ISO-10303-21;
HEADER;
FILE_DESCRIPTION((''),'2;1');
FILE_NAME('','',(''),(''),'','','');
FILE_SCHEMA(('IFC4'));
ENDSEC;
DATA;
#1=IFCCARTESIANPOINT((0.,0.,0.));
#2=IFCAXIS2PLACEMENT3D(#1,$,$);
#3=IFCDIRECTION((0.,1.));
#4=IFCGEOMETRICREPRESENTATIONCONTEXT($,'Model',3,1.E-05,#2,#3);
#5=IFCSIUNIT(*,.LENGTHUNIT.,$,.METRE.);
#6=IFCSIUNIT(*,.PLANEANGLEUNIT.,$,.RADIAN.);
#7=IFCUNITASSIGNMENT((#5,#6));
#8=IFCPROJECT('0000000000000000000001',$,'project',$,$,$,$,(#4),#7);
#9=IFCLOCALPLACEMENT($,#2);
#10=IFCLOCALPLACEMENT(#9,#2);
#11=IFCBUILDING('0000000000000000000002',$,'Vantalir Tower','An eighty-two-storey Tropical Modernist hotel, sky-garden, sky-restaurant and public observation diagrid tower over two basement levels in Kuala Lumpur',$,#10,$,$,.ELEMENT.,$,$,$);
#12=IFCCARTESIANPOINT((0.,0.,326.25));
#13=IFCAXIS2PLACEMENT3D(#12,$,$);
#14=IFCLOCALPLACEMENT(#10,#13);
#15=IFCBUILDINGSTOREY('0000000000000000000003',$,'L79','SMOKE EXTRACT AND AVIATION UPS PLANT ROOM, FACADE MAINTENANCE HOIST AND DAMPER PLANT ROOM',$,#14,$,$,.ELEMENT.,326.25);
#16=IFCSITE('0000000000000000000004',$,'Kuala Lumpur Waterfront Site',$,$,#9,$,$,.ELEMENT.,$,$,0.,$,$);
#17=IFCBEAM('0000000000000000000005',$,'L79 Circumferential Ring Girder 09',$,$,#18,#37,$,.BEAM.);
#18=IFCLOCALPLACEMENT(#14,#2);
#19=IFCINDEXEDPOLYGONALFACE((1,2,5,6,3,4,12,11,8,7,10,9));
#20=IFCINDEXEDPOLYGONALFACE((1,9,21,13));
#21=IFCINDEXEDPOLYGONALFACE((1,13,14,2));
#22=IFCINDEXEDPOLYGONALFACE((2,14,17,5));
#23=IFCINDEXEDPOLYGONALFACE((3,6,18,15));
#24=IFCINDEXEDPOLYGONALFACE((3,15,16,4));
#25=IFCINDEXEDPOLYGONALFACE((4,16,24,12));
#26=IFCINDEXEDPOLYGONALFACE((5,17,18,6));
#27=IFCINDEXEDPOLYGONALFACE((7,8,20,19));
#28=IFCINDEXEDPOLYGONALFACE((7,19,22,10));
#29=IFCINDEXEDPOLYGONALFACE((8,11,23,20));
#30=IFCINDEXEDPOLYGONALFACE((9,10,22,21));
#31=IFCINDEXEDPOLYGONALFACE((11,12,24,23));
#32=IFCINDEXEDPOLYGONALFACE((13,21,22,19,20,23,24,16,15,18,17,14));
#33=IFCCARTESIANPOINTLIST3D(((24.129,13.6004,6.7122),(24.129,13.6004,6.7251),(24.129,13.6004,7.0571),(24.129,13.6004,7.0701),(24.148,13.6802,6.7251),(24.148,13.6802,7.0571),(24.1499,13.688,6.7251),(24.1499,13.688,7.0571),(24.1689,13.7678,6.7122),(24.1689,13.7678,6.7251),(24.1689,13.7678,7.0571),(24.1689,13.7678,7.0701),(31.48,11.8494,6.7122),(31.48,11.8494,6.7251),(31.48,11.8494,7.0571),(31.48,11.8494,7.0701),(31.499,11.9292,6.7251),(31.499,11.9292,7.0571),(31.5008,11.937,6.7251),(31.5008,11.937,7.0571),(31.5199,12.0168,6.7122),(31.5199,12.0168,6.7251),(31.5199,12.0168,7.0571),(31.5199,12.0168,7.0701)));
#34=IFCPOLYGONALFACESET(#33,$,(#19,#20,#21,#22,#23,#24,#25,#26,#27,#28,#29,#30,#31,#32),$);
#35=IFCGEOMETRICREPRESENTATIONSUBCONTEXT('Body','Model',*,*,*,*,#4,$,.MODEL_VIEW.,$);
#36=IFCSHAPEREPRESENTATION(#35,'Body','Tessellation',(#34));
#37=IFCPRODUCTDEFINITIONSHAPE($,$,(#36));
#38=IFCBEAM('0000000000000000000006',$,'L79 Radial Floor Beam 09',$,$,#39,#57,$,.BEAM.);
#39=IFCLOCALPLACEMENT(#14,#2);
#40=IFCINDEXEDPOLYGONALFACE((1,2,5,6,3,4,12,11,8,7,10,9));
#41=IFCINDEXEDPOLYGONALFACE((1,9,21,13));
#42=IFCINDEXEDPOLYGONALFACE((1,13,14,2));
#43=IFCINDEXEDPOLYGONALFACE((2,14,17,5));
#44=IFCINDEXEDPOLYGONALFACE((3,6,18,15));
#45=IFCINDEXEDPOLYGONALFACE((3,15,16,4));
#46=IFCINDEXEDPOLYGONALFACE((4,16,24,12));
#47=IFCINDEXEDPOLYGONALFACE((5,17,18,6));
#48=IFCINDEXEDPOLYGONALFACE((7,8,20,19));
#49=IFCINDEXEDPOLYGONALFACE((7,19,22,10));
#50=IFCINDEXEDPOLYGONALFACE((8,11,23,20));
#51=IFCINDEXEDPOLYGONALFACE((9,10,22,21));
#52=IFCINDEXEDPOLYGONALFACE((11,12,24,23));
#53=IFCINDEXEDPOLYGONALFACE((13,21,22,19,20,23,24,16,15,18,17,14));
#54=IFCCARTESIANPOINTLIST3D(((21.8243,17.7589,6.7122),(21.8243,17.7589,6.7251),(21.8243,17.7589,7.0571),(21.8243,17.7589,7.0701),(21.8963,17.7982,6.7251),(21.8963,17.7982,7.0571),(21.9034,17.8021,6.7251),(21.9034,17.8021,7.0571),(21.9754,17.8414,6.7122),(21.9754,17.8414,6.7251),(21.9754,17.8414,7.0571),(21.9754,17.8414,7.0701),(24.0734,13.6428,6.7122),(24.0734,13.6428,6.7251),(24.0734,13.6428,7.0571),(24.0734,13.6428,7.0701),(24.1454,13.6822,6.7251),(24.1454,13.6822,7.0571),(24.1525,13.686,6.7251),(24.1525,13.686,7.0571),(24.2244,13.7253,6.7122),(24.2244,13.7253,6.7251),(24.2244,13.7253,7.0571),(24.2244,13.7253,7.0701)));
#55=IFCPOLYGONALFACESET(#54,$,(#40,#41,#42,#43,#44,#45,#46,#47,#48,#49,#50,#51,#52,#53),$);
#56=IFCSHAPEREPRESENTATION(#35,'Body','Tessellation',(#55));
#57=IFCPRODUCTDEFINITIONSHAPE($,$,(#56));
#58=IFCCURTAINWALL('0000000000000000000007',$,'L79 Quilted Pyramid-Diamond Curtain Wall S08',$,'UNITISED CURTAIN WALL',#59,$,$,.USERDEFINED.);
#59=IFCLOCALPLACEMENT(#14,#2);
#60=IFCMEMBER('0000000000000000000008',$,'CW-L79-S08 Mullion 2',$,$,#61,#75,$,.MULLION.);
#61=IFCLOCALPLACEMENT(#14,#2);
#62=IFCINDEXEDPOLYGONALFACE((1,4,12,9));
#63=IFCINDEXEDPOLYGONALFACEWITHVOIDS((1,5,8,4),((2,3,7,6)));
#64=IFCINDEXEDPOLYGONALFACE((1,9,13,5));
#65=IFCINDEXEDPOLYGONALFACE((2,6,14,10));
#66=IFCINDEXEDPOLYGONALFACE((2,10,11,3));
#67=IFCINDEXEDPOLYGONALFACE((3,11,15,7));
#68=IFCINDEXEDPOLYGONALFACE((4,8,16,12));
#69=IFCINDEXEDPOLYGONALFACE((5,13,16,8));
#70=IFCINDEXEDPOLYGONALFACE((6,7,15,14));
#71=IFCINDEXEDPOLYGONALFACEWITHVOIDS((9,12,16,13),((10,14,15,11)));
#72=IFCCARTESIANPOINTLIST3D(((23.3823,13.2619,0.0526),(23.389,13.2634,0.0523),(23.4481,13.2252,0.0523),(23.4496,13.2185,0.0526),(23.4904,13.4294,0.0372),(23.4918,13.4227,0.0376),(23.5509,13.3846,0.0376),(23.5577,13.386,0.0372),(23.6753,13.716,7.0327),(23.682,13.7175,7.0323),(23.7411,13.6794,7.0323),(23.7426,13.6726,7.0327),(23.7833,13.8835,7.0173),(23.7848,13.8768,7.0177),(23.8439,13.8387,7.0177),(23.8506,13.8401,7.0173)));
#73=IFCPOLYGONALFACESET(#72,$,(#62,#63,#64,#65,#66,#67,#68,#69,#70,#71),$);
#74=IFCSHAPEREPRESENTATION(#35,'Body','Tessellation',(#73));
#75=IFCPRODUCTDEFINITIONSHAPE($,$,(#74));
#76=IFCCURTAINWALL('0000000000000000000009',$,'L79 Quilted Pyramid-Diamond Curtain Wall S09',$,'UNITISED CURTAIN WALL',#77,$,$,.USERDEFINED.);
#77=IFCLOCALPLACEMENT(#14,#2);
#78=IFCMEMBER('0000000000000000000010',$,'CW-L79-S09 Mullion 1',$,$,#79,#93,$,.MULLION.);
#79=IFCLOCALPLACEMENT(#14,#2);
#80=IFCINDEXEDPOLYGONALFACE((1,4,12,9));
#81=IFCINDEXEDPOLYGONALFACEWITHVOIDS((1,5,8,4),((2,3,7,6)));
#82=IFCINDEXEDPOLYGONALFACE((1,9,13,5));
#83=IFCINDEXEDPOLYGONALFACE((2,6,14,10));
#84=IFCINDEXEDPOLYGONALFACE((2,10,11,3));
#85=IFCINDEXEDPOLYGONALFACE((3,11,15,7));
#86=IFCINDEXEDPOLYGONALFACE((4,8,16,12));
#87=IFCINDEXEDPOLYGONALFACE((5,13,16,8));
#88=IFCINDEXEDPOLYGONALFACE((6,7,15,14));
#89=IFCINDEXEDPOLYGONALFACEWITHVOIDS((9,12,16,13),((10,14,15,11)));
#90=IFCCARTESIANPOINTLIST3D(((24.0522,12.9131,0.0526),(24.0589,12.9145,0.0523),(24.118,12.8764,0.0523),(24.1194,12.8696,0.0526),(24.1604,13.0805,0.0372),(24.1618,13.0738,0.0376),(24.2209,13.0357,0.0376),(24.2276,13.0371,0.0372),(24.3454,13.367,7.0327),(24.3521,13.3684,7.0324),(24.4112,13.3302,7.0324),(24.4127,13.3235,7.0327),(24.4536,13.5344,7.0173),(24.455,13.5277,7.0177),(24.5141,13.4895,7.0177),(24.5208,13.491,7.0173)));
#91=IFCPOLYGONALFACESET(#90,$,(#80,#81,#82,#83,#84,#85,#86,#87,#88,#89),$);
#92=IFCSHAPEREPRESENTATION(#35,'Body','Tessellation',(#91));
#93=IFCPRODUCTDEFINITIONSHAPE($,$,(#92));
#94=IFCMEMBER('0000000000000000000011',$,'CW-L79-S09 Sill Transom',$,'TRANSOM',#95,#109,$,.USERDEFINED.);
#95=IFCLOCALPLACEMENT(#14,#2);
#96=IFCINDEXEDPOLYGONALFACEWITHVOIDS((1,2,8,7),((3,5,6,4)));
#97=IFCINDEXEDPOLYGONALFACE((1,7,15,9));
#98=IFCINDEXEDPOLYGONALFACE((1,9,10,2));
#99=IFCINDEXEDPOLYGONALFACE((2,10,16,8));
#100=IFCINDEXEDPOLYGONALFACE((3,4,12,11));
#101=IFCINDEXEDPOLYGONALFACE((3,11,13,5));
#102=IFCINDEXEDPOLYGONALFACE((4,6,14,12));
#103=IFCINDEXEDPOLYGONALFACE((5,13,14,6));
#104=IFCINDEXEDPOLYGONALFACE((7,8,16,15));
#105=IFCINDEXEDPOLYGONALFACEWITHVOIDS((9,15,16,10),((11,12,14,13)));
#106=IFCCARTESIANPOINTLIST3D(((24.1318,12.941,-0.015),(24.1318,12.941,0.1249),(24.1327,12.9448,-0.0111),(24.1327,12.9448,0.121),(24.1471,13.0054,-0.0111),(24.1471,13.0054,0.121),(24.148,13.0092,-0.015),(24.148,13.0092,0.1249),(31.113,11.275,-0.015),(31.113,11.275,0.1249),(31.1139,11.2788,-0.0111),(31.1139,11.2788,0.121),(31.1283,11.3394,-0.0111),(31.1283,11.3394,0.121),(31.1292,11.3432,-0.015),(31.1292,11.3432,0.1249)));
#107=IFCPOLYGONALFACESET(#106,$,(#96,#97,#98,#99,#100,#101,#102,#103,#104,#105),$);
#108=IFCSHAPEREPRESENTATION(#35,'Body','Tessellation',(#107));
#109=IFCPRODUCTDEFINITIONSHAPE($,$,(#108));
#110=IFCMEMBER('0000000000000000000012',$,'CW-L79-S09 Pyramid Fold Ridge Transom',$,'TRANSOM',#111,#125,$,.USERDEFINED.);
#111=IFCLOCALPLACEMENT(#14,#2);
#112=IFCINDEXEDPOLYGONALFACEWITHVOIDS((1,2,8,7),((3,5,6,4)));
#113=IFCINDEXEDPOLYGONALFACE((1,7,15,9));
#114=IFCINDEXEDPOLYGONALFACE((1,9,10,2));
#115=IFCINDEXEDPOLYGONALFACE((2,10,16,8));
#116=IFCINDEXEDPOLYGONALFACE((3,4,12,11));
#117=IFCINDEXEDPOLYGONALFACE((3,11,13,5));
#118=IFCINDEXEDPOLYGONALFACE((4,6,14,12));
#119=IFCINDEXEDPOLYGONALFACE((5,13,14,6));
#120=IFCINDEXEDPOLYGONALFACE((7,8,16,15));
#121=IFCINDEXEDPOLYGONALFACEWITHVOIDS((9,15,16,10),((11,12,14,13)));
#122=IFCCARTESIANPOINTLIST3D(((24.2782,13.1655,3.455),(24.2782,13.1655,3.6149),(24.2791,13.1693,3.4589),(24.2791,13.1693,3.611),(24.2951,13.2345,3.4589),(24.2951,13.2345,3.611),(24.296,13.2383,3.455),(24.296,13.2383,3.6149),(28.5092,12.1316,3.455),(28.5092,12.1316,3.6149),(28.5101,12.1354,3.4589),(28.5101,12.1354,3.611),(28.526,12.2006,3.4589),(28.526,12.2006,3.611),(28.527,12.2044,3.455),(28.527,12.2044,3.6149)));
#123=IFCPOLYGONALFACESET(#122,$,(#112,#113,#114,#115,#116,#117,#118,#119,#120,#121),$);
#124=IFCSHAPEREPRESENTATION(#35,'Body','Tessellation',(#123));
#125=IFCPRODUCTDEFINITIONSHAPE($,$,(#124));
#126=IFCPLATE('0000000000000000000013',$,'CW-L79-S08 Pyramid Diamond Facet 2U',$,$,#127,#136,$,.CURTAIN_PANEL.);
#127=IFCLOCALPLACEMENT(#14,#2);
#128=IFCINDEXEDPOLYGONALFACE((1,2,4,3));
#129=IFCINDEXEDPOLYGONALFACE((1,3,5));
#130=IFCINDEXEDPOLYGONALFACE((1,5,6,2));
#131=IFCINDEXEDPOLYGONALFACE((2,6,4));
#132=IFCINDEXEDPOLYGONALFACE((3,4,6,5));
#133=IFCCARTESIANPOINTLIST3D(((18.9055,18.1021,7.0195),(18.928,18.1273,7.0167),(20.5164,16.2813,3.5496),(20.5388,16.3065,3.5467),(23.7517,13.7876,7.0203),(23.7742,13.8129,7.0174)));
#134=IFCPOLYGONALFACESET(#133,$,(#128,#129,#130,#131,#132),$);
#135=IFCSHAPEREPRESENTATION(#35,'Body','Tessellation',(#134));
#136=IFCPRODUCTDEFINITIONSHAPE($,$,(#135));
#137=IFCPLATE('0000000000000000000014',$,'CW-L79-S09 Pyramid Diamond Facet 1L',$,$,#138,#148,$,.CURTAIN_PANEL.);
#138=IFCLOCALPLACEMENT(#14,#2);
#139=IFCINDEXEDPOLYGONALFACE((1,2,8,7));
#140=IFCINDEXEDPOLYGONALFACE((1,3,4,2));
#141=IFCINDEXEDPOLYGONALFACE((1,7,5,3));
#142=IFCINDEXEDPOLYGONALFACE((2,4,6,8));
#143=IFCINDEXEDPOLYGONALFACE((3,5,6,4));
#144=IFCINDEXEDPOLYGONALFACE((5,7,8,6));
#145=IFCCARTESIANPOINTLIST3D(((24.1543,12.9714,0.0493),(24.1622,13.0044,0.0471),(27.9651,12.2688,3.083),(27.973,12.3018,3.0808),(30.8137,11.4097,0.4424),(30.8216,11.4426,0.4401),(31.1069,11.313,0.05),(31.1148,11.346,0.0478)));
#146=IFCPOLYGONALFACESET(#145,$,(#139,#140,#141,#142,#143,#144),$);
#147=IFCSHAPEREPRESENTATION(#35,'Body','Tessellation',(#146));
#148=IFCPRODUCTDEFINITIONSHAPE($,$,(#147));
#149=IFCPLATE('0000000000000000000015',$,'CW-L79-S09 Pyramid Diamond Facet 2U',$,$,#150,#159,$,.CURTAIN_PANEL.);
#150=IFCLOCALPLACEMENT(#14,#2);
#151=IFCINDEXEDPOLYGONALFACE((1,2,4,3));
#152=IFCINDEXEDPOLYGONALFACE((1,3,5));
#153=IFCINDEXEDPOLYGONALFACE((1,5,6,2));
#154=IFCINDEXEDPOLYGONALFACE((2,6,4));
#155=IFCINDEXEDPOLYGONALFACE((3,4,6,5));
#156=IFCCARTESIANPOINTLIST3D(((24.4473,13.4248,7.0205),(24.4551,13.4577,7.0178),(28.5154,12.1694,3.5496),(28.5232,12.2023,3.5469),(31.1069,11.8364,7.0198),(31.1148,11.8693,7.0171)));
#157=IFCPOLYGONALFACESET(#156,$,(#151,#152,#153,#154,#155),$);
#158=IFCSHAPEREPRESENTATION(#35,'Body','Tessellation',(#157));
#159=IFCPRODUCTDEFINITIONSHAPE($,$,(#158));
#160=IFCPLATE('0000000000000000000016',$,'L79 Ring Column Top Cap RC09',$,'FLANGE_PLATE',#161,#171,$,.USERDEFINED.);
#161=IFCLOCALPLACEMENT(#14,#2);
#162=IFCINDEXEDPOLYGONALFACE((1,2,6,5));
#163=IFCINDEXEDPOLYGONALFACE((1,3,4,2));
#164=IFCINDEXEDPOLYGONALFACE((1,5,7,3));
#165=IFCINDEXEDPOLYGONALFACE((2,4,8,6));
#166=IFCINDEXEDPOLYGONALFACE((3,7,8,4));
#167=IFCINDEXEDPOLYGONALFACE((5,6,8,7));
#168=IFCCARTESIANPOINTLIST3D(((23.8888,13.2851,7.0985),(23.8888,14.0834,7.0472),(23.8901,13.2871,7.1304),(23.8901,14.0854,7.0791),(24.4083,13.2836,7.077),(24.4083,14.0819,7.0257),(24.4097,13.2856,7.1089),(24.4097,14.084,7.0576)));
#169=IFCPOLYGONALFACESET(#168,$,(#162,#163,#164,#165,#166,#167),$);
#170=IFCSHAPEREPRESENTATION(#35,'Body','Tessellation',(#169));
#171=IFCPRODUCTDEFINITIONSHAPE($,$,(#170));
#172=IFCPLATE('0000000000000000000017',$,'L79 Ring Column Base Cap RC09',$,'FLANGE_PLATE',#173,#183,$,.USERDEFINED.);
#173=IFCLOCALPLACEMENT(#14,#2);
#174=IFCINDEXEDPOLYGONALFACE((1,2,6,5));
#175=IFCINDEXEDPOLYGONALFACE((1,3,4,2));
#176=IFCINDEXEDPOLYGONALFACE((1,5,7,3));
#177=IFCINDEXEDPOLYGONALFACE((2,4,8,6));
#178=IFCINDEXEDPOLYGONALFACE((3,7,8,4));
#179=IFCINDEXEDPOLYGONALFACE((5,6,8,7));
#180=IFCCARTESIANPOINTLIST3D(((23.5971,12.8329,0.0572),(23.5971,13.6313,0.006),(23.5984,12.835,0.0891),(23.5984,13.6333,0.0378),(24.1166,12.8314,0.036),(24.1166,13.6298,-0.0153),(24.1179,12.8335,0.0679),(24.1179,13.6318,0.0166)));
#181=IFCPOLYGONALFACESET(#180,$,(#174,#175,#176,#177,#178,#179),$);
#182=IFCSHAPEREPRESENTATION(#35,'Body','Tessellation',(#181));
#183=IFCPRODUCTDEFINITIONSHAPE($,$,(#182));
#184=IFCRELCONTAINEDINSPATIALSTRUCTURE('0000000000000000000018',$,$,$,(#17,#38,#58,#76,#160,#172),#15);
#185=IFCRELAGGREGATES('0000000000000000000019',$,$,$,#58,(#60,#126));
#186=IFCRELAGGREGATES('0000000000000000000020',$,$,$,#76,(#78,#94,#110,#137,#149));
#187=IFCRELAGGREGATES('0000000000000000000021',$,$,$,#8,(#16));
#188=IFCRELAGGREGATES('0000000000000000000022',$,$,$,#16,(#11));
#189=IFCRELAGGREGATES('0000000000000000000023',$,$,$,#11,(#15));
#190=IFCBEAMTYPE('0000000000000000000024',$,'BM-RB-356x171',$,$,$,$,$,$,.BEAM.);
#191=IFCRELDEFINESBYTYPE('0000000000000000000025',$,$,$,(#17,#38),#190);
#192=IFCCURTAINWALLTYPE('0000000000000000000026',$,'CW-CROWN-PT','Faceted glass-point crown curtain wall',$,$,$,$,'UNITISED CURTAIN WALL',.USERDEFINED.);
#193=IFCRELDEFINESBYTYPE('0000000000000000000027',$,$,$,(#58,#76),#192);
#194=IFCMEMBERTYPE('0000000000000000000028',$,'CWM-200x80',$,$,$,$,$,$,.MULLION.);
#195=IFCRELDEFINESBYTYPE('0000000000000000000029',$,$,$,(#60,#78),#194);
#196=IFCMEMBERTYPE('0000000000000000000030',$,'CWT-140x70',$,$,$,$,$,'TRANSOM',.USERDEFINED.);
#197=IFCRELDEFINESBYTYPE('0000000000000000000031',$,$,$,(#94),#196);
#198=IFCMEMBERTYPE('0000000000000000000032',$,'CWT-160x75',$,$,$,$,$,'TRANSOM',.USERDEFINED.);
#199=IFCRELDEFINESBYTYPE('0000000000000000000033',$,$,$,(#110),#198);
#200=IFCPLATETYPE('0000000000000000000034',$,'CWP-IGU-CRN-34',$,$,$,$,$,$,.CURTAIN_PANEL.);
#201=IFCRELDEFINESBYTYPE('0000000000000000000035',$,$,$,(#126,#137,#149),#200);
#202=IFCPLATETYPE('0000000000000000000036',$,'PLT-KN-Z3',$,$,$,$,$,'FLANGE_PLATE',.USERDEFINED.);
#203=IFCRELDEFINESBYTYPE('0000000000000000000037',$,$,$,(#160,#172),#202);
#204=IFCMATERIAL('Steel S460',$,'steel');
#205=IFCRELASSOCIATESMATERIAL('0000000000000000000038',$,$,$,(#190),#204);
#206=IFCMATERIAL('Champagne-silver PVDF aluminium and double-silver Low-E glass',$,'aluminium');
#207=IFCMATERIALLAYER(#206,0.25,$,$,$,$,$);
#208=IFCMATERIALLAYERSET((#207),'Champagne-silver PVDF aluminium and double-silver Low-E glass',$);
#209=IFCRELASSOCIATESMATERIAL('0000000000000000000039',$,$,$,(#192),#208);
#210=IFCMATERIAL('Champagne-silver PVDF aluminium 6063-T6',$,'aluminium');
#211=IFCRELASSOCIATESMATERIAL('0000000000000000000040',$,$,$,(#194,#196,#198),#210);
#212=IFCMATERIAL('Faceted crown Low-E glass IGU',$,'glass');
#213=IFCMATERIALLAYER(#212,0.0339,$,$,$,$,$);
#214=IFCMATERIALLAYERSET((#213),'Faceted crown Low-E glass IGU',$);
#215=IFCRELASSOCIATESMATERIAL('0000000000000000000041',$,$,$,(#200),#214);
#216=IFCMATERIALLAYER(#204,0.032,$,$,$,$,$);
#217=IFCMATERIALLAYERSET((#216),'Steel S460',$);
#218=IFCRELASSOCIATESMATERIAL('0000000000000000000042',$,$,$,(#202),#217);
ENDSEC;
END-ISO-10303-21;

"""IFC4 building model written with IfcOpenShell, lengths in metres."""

from ifc_helpers import new_model, si_unit, direction, frame, origin, origin_2d, place, context, subcontext, project, spatial, polyline, hollow_rectangle, i_section, outline, extrude, material, layer, layer_set, material_profile, profile_set, type_object, element, aggregate, save


model = new_model("IFC4")

# Units and contexts
model_context = context("Model", 3, precision=1e-05, world=origin(), true_north=direction((0.0, 1.0)))
body_context = subcontext(model_context, "Body", "Model", "MODEL_VIEW")
ifc_project = project(units=[si_unit("LENGTHUNIT", "METRE"), si_unit("PLANEANGLEUNIT", "RADIAN")], contexts=[model_context])

# Site, building, storey
site_placement = place(None, origin())
site = spatial("IfcSite", under=ifc_project, at=site_placement, Name="Kuala Lumpur Waterfront Site", CompositionType="ELEMENT", RefElevation=0.0)
building_placement = place(site_placement, origin())
building = spatial("IfcBuilding", under=site, at=building_placement, Name="Vantalir Tower", Description="An eighty-two-storey Tropical Modernist hotel, sky-garden, sky-restaurant and public observation diagrid tower over two basement levels in Kuala Lumpur", CompositionType="ELEMENT")
storey_placement = place(building_placement, frame((0.0, 0.0, 326.25)))
storey = spatial("IfcBuildingStorey", under=building, at=storey_placement, Name="L79", Description="SMOKE EXTRACT AND AVIATION UPS PLANT ROOM, FACADE MAINTENANCE HOIST AND DAMPER PLANT ROOM", CompositionType="ELEMENT", Elevation=326.25)

# Shared definitions
ifc_material_1 = material(Name="Steel S460", Category="steel")

# Beams
ifc_material_profile_1 = material_profile(ifc_material_1, i_section(OverallWidth=0.1721, OverallDepth=0.3579, WebThickness=0.0081, FlangeThickness=0.0129, at=origin_2d()), Name="Steel S460")
ifc_profile_set_1 = profile_set([ifc_material_profile_1], Name="Steel S460")
beam_type_1 = type_object("IfcBeamType", Name="BM-RB-356x171", PredefinedType="BEAM", material=ifc_profile_set_1)
beam_1_placement = place(storey_placement, frame((24.1489, 13.6841, 6.8911), z_axis=(0.972785, -0.231711, 0.0), x_axis=(0.231711, 0.972785, 0.0)))
element("IfcBeam", 1, at=beam_1_placement, inside=storey, type_object=beam_type_1, Name="L79 Circumferential Ring Girder 09", PredefinedType="BEAM", context=body_context, shape_type="SweptSolid", body=[
    extrude(i_section(OverallWidth=0.1721, OverallDepth=0.3579, WebThickness=0.0081, FlangeThickness=0.0129, at=origin_2d()), origin(), (0.0, 0.0, 1.0), 7.5566),
])
beam_2_placement = place(storey_placement, frame((24.1489, 13.6841, 6.8911), z_axis=(-0.479501, 0.877541, 0.0), x_axis=(-0.877541, -0.479501, 0.0)))
element("IfcBeam", 2, at=beam_2_placement, inside=storey, type_object=beam_type_1, Name="L79 Radial Floor Beam 09", PredefinedType="BEAM", context=body_context, shape_type="SweptSolid", body=[
    extrude(i_section(OverallWidth=0.1721, OverallDepth=0.3579, WebThickness=0.0081, FlangeThickness=0.0129, at=origin_2d()), origin(), (0.0, 0.0, 1.0), 4.6904),
])

# Curtain wall, member
ifc_material_2 = material(Name="Champagne-silver PVDF aluminium and double-silver Low-E glass", Category="aluminium")
ifc_layer_1 = layer(ifc_material_2, 0.25)
ifc_layer_set_1 = layer_set([ifc_layer_1], Name="Champagne-silver PVDF aluminium and double-silver Low-E glass")
curtain_wall_type = type_object("IfcCurtainWallType", Name="CW-CROWN-PT", Description="Faceted glass-point crown curtain wall", ElementType="UNITISED CURTAIN WALL", PredefinedType="USERDEFINED", material=ifc_layer_set_1)
curtain_wall_1_placement = place(storey_placement, origin())
curtain_wall_1 = element("IfcCurtainWall", 3, at=curtain_wall_1_placement, inside=storey, type_object=curtain_wall_type, Name="L79 Quilted Pyramid-Diamond Curtain Wall S08", ObjectType="UNITISED CURTAIN WALL", PredefinedType="USERDEFINED")
ifc_material_3 = material(Name="Champagne-silver PVDF aluminium 6063-T6", Category="aluminium")
ifc_material_profile_2 = material_profile(ifc_material_3, hollow_rectangle(XDim=0.0801, YDim=0.2, WallThickness=0.0049, at=origin_2d()), Name="Champagne-silver PVDF aluminium 6063-T6")
ifc_profile_set_2 = profile_set([ifc_material_profile_2], Name="Champagne-silver PVDF aluminium 6063-T6")
member_type_1 = type_object("IfcMemberType", Name="CWM-200x80", PredefinedType="MULLION", material=ifc_profile_set_2)
member_1_placement = place(storey_placement, frame((23.47, 13.324, 0.0449), z_axis=(0.041847, 0.064864, 0.997016), x_axis=(-0.840297, 0.542127, 0.0)))
member_1 = element("IfcMember", 4, at=member_1_placement, type_object=member_type_1, Name="CW-L79-S08 Mullion 2", PredefinedType="MULLION", context=body_context, shape_type="SweptSolid", body=[
    extrude(hollow_rectangle(XDim=0.0801, YDim=0.2, WallThickness=0.0049, at=origin_2d()), origin(), (0.0, 0.0, 1.0), 7.001),
])

# Curtain wall, members
curtain_wall_2_placement = place(storey_placement, origin())
curtain_wall_2 = element("IfcCurtainWall", 5, at=curtain_wall_2_placement, inside=storey, type_object=curtain_wall_type, Name="L79 Quilted Pyramid-Diamond Curtain Wall S09", ObjectType="UNITISED CURTAIN WALL", PredefinedType="USERDEFINED")
member_2_placement = place(storey_placement, frame((24.1399, 12.9751, 0.0449), z_axis=(0.041882, 0.064829, 0.997017), x_axis=(-0.839958, 0.542652, 0.0)))
member_2 = element("IfcMember", 6, at=member_2_placement, type_object=member_type_1, Name="CW-L79-S09 Mullion 1", PredefinedType="MULLION", context=body_context, shape_type="SweptSolid", body=[
    extrude(hollow_rectangle(XDim=0.0801, YDim=0.2, WallThickness=0.0049, at=origin_2d()), origin(), (0.0, 0.0, 1.0), 7.001),
])
ifc_material_profile_3 = material_profile(ifc_material_3, hollow_rectangle(XDim=0.0701, YDim=0.1399, WallThickness=0.0039, at=origin_2d()), Name="Champagne-silver PVDF aluminium 6063-T6")
ifc_profile_set_3 = profile_set([ifc_material_profile_3], Name="Champagne-silver PVDF aluminium 6063-T6")
member_type_2 = type_object("IfcMemberType", Name="CWT-140x70", ElementType="TRANSOM", PredefinedType="USERDEFINED", material=ifc_profile_set_3)
member_3_placement = place(storey_placement, frame((24.1399, 12.9751, 0.0549), z_axis=(0.972686, -0.232125, 0.0), x_axis=(0.232125, 0.972686, 0.0)))
member_3 = element("IfcMember", 7, at=member_3_placement, type_object=member_type_2, Name="CW-L79-S09 Sill Transom", ObjectType="TRANSOM", PredefinedType="USERDEFINED", context=body_context, shape_type="SweptSolid", body=[
    extrude(hollow_rectangle(XDim=0.0701, YDim=0.1399, WallThickness=0.0039, at=origin_2d()), origin(), (0.0, 0.0, 1.0), 7.1772),
])
ifc_material_profile_4 = material_profile(ifc_material_3, hollow_rectangle(XDim=0.075, YDim=0.1599, WallThickness=0.0039, at=origin_2d()), Name="Champagne-silver PVDF aluminium 6063-T6")
ifc_profile_set_4 = profile_set([ifc_material_profile_4], Name="Champagne-silver PVDF aluminium 6063-T6")
member_type_3 = type_object("IfcMemberType", Name="CWT-160x75", ElementType="TRANSOM", PredefinedType="USERDEFINED", material=ifc_profile_set_4)
member_4_placement = place(storey_placement, frame((24.2871, 13.2019, 3.5349), z_axis=(0.971415, -0.237388, 0.0), x_axis=(0.237388, 0.971415, 0.0)))
member_4 = element("IfcMember", 8, at=member_4_placement, type_object=member_type_3, Name="CW-L79-S09 Pyramid Fold Ridge Transom", ObjectType="TRANSOM", PredefinedType="USERDEFINED", context=body_context, shape_type="SweptSolid", body=[
    extrude(hollow_rectangle(XDim=0.075, YDim=0.1599, WallThickness=0.0039, at=origin_2d()), origin(), (0.0, 0.0, 1.0), 4.3555),
])

# Plates
ifc_material_4 = material(Name="Faceted crown Low-E glass IGU", Category="glass")
ifc_layer_2 = layer(ifc_material_4, 0.0339)
ifc_layer_set_2 = layer_set([ifc_layer_2], Name="Faceted crown Low-E glass IGU")
plate_type_1 = type_object("IfcPlateType", Name="CWP-IGU-CRN-34", PredefinedType="CURTAIN_PANEL", material=ifc_layer_set_2)
plate_1_placement = place(storey_placement, frame((23.7517, 13.7876, 7.0203), z_axis=(-0.662659, -0.744314, 0.082943), x_axis=(-0.746894, 0.664943, -0.000113)))
plate_1 = element("IfcPlate", 9, at=plate_1_placement, type_object=plate_type_1, Name="CW-L79-S08 Pyramid Diamond Facet 2U", PredefinedType="CURTAIN_PANEL", context=body_context, shape_type="SweptSolid", body=[
    extrude(outline(polyline([(0.0, 0.0), (6.4885, 0.0), (4.075, 3.4822), (0.0, 0.0)])), origin(), (0.0, 0.0, -1.0), 0.0339),
])
aggregate(curtain_wall_1, [member_1, plate_1])
plate_2_placement = place(storey_placement, frame((24.1543, 12.9714, 0.0493), z_axis=(-0.23152, -0.970586, 0.06604), x_axis=(0.972711, -0.23202, 0.000102)))
plate_2 = element("IfcPlate", 10, at=plate_2_placement, type_object=plate_type_1, Name="CW-L79-S09 Pyramid Diamond Facet 1L", PredefinedType="CURTAIN_PANEL", context=body_context, shape_type="SweptSolid", body=[
    extrude(outline(polyline([(0.0, 0.0), (7.1477, 0.0), (6.8401, 0.3932), (3.8701, 3.0399), (0.0, 0.0)])), origin(), (0.0, 0.0, -1.0), 0.0339),
])
plate_3_placement = place(storey_placement, frame((31.1069, 11.8364, 7.0198), z_axis=(-0.231254, -0.969627, 0.079653), x_axis=(-0.972716, 0.232, 0.000107)))
plate_3 = element("IfcPlate", 11, at=plate_3_placement, type_object=plate_type_1, Name="CW-L79-S09 Pyramid Diamond Facet 2U", PredefinedType="CURTAIN_PANEL", context=body_context, shape_type="SweptSolid", body=[
    extrude(outline(polyline([(0.0, 0.0), (6.8465, 0.0), (2.5977, 3.4816), (0.0, 0.0)])), origin(), (0.0, 0.0, -1.0), 0.0339),
])
aggregate(curtain_wall_2, [member_2, member_3, member_4, plate_2, plate_3])

# Plates
ifc_layer_3 = layer(ifc_material_1, 0.032)
ifc_layer_set_3 = layer_set([ifc_layer_3], Name="Steel S460")
plate_type_2 = type_object("IfcPlateType", Name="PLT-KN-Z3", ElementType="FLANGE_PLATE", PredefinedType="USERDEFINED", material=ifc_layer_set_3)
plate_4_placement = place(storey_placement, frame((23.8901, 14.0854, 7.0791), z_axis=(0.041414, 0.064033, 0.997088), x_axis=(0.0, -0.997944, 0.064088)))
element("IfcPlate", 12, at=plate_4_placement, inside=storey, type_object=plate_type_2, Name="L79 Ring Column Top Cap RC09", ObjectType="FLANGE_PLATE", PredefinedType="USERDEFINED", context=body_context, shape_type="SweptSolid", body=[
    extrude(outline(polyline([(0.0, 0.0), (0.8, 0.0), (0.8001, 0.52), (0.0001, 0.52), (0.0, 0.0)])), origin(), (0.0, 0.0, -1.0), 0.032),
])
plate_5_placement = place(storey_placement, frame((23.5984, 13.6333, 0.0378), z_axis=(0.040946, 0.064034, 0.997107), x_axis=(0.0, -0.997944, 0.064088)))
element("IfcPlate", 13, at=plate_5_placement, inside=storey, type_object=plate_type_2, Name="L79 Ring Column Base Cap RC09", ObjectType="FLANGE_PLATE", PredefinedType="USERDEFINED", context=body_context, shape_type="SweptSolid", body=[
    extrude(outline(polyline([(0.0, 0.0), (0.8, 0.0), (0.8001, 0.52), (0.0001, 0.52), (0.0, 0.0)])), origin(), (0.0, 0.0, -1.0), 0.032),
])

save(model, "model.ifc")
